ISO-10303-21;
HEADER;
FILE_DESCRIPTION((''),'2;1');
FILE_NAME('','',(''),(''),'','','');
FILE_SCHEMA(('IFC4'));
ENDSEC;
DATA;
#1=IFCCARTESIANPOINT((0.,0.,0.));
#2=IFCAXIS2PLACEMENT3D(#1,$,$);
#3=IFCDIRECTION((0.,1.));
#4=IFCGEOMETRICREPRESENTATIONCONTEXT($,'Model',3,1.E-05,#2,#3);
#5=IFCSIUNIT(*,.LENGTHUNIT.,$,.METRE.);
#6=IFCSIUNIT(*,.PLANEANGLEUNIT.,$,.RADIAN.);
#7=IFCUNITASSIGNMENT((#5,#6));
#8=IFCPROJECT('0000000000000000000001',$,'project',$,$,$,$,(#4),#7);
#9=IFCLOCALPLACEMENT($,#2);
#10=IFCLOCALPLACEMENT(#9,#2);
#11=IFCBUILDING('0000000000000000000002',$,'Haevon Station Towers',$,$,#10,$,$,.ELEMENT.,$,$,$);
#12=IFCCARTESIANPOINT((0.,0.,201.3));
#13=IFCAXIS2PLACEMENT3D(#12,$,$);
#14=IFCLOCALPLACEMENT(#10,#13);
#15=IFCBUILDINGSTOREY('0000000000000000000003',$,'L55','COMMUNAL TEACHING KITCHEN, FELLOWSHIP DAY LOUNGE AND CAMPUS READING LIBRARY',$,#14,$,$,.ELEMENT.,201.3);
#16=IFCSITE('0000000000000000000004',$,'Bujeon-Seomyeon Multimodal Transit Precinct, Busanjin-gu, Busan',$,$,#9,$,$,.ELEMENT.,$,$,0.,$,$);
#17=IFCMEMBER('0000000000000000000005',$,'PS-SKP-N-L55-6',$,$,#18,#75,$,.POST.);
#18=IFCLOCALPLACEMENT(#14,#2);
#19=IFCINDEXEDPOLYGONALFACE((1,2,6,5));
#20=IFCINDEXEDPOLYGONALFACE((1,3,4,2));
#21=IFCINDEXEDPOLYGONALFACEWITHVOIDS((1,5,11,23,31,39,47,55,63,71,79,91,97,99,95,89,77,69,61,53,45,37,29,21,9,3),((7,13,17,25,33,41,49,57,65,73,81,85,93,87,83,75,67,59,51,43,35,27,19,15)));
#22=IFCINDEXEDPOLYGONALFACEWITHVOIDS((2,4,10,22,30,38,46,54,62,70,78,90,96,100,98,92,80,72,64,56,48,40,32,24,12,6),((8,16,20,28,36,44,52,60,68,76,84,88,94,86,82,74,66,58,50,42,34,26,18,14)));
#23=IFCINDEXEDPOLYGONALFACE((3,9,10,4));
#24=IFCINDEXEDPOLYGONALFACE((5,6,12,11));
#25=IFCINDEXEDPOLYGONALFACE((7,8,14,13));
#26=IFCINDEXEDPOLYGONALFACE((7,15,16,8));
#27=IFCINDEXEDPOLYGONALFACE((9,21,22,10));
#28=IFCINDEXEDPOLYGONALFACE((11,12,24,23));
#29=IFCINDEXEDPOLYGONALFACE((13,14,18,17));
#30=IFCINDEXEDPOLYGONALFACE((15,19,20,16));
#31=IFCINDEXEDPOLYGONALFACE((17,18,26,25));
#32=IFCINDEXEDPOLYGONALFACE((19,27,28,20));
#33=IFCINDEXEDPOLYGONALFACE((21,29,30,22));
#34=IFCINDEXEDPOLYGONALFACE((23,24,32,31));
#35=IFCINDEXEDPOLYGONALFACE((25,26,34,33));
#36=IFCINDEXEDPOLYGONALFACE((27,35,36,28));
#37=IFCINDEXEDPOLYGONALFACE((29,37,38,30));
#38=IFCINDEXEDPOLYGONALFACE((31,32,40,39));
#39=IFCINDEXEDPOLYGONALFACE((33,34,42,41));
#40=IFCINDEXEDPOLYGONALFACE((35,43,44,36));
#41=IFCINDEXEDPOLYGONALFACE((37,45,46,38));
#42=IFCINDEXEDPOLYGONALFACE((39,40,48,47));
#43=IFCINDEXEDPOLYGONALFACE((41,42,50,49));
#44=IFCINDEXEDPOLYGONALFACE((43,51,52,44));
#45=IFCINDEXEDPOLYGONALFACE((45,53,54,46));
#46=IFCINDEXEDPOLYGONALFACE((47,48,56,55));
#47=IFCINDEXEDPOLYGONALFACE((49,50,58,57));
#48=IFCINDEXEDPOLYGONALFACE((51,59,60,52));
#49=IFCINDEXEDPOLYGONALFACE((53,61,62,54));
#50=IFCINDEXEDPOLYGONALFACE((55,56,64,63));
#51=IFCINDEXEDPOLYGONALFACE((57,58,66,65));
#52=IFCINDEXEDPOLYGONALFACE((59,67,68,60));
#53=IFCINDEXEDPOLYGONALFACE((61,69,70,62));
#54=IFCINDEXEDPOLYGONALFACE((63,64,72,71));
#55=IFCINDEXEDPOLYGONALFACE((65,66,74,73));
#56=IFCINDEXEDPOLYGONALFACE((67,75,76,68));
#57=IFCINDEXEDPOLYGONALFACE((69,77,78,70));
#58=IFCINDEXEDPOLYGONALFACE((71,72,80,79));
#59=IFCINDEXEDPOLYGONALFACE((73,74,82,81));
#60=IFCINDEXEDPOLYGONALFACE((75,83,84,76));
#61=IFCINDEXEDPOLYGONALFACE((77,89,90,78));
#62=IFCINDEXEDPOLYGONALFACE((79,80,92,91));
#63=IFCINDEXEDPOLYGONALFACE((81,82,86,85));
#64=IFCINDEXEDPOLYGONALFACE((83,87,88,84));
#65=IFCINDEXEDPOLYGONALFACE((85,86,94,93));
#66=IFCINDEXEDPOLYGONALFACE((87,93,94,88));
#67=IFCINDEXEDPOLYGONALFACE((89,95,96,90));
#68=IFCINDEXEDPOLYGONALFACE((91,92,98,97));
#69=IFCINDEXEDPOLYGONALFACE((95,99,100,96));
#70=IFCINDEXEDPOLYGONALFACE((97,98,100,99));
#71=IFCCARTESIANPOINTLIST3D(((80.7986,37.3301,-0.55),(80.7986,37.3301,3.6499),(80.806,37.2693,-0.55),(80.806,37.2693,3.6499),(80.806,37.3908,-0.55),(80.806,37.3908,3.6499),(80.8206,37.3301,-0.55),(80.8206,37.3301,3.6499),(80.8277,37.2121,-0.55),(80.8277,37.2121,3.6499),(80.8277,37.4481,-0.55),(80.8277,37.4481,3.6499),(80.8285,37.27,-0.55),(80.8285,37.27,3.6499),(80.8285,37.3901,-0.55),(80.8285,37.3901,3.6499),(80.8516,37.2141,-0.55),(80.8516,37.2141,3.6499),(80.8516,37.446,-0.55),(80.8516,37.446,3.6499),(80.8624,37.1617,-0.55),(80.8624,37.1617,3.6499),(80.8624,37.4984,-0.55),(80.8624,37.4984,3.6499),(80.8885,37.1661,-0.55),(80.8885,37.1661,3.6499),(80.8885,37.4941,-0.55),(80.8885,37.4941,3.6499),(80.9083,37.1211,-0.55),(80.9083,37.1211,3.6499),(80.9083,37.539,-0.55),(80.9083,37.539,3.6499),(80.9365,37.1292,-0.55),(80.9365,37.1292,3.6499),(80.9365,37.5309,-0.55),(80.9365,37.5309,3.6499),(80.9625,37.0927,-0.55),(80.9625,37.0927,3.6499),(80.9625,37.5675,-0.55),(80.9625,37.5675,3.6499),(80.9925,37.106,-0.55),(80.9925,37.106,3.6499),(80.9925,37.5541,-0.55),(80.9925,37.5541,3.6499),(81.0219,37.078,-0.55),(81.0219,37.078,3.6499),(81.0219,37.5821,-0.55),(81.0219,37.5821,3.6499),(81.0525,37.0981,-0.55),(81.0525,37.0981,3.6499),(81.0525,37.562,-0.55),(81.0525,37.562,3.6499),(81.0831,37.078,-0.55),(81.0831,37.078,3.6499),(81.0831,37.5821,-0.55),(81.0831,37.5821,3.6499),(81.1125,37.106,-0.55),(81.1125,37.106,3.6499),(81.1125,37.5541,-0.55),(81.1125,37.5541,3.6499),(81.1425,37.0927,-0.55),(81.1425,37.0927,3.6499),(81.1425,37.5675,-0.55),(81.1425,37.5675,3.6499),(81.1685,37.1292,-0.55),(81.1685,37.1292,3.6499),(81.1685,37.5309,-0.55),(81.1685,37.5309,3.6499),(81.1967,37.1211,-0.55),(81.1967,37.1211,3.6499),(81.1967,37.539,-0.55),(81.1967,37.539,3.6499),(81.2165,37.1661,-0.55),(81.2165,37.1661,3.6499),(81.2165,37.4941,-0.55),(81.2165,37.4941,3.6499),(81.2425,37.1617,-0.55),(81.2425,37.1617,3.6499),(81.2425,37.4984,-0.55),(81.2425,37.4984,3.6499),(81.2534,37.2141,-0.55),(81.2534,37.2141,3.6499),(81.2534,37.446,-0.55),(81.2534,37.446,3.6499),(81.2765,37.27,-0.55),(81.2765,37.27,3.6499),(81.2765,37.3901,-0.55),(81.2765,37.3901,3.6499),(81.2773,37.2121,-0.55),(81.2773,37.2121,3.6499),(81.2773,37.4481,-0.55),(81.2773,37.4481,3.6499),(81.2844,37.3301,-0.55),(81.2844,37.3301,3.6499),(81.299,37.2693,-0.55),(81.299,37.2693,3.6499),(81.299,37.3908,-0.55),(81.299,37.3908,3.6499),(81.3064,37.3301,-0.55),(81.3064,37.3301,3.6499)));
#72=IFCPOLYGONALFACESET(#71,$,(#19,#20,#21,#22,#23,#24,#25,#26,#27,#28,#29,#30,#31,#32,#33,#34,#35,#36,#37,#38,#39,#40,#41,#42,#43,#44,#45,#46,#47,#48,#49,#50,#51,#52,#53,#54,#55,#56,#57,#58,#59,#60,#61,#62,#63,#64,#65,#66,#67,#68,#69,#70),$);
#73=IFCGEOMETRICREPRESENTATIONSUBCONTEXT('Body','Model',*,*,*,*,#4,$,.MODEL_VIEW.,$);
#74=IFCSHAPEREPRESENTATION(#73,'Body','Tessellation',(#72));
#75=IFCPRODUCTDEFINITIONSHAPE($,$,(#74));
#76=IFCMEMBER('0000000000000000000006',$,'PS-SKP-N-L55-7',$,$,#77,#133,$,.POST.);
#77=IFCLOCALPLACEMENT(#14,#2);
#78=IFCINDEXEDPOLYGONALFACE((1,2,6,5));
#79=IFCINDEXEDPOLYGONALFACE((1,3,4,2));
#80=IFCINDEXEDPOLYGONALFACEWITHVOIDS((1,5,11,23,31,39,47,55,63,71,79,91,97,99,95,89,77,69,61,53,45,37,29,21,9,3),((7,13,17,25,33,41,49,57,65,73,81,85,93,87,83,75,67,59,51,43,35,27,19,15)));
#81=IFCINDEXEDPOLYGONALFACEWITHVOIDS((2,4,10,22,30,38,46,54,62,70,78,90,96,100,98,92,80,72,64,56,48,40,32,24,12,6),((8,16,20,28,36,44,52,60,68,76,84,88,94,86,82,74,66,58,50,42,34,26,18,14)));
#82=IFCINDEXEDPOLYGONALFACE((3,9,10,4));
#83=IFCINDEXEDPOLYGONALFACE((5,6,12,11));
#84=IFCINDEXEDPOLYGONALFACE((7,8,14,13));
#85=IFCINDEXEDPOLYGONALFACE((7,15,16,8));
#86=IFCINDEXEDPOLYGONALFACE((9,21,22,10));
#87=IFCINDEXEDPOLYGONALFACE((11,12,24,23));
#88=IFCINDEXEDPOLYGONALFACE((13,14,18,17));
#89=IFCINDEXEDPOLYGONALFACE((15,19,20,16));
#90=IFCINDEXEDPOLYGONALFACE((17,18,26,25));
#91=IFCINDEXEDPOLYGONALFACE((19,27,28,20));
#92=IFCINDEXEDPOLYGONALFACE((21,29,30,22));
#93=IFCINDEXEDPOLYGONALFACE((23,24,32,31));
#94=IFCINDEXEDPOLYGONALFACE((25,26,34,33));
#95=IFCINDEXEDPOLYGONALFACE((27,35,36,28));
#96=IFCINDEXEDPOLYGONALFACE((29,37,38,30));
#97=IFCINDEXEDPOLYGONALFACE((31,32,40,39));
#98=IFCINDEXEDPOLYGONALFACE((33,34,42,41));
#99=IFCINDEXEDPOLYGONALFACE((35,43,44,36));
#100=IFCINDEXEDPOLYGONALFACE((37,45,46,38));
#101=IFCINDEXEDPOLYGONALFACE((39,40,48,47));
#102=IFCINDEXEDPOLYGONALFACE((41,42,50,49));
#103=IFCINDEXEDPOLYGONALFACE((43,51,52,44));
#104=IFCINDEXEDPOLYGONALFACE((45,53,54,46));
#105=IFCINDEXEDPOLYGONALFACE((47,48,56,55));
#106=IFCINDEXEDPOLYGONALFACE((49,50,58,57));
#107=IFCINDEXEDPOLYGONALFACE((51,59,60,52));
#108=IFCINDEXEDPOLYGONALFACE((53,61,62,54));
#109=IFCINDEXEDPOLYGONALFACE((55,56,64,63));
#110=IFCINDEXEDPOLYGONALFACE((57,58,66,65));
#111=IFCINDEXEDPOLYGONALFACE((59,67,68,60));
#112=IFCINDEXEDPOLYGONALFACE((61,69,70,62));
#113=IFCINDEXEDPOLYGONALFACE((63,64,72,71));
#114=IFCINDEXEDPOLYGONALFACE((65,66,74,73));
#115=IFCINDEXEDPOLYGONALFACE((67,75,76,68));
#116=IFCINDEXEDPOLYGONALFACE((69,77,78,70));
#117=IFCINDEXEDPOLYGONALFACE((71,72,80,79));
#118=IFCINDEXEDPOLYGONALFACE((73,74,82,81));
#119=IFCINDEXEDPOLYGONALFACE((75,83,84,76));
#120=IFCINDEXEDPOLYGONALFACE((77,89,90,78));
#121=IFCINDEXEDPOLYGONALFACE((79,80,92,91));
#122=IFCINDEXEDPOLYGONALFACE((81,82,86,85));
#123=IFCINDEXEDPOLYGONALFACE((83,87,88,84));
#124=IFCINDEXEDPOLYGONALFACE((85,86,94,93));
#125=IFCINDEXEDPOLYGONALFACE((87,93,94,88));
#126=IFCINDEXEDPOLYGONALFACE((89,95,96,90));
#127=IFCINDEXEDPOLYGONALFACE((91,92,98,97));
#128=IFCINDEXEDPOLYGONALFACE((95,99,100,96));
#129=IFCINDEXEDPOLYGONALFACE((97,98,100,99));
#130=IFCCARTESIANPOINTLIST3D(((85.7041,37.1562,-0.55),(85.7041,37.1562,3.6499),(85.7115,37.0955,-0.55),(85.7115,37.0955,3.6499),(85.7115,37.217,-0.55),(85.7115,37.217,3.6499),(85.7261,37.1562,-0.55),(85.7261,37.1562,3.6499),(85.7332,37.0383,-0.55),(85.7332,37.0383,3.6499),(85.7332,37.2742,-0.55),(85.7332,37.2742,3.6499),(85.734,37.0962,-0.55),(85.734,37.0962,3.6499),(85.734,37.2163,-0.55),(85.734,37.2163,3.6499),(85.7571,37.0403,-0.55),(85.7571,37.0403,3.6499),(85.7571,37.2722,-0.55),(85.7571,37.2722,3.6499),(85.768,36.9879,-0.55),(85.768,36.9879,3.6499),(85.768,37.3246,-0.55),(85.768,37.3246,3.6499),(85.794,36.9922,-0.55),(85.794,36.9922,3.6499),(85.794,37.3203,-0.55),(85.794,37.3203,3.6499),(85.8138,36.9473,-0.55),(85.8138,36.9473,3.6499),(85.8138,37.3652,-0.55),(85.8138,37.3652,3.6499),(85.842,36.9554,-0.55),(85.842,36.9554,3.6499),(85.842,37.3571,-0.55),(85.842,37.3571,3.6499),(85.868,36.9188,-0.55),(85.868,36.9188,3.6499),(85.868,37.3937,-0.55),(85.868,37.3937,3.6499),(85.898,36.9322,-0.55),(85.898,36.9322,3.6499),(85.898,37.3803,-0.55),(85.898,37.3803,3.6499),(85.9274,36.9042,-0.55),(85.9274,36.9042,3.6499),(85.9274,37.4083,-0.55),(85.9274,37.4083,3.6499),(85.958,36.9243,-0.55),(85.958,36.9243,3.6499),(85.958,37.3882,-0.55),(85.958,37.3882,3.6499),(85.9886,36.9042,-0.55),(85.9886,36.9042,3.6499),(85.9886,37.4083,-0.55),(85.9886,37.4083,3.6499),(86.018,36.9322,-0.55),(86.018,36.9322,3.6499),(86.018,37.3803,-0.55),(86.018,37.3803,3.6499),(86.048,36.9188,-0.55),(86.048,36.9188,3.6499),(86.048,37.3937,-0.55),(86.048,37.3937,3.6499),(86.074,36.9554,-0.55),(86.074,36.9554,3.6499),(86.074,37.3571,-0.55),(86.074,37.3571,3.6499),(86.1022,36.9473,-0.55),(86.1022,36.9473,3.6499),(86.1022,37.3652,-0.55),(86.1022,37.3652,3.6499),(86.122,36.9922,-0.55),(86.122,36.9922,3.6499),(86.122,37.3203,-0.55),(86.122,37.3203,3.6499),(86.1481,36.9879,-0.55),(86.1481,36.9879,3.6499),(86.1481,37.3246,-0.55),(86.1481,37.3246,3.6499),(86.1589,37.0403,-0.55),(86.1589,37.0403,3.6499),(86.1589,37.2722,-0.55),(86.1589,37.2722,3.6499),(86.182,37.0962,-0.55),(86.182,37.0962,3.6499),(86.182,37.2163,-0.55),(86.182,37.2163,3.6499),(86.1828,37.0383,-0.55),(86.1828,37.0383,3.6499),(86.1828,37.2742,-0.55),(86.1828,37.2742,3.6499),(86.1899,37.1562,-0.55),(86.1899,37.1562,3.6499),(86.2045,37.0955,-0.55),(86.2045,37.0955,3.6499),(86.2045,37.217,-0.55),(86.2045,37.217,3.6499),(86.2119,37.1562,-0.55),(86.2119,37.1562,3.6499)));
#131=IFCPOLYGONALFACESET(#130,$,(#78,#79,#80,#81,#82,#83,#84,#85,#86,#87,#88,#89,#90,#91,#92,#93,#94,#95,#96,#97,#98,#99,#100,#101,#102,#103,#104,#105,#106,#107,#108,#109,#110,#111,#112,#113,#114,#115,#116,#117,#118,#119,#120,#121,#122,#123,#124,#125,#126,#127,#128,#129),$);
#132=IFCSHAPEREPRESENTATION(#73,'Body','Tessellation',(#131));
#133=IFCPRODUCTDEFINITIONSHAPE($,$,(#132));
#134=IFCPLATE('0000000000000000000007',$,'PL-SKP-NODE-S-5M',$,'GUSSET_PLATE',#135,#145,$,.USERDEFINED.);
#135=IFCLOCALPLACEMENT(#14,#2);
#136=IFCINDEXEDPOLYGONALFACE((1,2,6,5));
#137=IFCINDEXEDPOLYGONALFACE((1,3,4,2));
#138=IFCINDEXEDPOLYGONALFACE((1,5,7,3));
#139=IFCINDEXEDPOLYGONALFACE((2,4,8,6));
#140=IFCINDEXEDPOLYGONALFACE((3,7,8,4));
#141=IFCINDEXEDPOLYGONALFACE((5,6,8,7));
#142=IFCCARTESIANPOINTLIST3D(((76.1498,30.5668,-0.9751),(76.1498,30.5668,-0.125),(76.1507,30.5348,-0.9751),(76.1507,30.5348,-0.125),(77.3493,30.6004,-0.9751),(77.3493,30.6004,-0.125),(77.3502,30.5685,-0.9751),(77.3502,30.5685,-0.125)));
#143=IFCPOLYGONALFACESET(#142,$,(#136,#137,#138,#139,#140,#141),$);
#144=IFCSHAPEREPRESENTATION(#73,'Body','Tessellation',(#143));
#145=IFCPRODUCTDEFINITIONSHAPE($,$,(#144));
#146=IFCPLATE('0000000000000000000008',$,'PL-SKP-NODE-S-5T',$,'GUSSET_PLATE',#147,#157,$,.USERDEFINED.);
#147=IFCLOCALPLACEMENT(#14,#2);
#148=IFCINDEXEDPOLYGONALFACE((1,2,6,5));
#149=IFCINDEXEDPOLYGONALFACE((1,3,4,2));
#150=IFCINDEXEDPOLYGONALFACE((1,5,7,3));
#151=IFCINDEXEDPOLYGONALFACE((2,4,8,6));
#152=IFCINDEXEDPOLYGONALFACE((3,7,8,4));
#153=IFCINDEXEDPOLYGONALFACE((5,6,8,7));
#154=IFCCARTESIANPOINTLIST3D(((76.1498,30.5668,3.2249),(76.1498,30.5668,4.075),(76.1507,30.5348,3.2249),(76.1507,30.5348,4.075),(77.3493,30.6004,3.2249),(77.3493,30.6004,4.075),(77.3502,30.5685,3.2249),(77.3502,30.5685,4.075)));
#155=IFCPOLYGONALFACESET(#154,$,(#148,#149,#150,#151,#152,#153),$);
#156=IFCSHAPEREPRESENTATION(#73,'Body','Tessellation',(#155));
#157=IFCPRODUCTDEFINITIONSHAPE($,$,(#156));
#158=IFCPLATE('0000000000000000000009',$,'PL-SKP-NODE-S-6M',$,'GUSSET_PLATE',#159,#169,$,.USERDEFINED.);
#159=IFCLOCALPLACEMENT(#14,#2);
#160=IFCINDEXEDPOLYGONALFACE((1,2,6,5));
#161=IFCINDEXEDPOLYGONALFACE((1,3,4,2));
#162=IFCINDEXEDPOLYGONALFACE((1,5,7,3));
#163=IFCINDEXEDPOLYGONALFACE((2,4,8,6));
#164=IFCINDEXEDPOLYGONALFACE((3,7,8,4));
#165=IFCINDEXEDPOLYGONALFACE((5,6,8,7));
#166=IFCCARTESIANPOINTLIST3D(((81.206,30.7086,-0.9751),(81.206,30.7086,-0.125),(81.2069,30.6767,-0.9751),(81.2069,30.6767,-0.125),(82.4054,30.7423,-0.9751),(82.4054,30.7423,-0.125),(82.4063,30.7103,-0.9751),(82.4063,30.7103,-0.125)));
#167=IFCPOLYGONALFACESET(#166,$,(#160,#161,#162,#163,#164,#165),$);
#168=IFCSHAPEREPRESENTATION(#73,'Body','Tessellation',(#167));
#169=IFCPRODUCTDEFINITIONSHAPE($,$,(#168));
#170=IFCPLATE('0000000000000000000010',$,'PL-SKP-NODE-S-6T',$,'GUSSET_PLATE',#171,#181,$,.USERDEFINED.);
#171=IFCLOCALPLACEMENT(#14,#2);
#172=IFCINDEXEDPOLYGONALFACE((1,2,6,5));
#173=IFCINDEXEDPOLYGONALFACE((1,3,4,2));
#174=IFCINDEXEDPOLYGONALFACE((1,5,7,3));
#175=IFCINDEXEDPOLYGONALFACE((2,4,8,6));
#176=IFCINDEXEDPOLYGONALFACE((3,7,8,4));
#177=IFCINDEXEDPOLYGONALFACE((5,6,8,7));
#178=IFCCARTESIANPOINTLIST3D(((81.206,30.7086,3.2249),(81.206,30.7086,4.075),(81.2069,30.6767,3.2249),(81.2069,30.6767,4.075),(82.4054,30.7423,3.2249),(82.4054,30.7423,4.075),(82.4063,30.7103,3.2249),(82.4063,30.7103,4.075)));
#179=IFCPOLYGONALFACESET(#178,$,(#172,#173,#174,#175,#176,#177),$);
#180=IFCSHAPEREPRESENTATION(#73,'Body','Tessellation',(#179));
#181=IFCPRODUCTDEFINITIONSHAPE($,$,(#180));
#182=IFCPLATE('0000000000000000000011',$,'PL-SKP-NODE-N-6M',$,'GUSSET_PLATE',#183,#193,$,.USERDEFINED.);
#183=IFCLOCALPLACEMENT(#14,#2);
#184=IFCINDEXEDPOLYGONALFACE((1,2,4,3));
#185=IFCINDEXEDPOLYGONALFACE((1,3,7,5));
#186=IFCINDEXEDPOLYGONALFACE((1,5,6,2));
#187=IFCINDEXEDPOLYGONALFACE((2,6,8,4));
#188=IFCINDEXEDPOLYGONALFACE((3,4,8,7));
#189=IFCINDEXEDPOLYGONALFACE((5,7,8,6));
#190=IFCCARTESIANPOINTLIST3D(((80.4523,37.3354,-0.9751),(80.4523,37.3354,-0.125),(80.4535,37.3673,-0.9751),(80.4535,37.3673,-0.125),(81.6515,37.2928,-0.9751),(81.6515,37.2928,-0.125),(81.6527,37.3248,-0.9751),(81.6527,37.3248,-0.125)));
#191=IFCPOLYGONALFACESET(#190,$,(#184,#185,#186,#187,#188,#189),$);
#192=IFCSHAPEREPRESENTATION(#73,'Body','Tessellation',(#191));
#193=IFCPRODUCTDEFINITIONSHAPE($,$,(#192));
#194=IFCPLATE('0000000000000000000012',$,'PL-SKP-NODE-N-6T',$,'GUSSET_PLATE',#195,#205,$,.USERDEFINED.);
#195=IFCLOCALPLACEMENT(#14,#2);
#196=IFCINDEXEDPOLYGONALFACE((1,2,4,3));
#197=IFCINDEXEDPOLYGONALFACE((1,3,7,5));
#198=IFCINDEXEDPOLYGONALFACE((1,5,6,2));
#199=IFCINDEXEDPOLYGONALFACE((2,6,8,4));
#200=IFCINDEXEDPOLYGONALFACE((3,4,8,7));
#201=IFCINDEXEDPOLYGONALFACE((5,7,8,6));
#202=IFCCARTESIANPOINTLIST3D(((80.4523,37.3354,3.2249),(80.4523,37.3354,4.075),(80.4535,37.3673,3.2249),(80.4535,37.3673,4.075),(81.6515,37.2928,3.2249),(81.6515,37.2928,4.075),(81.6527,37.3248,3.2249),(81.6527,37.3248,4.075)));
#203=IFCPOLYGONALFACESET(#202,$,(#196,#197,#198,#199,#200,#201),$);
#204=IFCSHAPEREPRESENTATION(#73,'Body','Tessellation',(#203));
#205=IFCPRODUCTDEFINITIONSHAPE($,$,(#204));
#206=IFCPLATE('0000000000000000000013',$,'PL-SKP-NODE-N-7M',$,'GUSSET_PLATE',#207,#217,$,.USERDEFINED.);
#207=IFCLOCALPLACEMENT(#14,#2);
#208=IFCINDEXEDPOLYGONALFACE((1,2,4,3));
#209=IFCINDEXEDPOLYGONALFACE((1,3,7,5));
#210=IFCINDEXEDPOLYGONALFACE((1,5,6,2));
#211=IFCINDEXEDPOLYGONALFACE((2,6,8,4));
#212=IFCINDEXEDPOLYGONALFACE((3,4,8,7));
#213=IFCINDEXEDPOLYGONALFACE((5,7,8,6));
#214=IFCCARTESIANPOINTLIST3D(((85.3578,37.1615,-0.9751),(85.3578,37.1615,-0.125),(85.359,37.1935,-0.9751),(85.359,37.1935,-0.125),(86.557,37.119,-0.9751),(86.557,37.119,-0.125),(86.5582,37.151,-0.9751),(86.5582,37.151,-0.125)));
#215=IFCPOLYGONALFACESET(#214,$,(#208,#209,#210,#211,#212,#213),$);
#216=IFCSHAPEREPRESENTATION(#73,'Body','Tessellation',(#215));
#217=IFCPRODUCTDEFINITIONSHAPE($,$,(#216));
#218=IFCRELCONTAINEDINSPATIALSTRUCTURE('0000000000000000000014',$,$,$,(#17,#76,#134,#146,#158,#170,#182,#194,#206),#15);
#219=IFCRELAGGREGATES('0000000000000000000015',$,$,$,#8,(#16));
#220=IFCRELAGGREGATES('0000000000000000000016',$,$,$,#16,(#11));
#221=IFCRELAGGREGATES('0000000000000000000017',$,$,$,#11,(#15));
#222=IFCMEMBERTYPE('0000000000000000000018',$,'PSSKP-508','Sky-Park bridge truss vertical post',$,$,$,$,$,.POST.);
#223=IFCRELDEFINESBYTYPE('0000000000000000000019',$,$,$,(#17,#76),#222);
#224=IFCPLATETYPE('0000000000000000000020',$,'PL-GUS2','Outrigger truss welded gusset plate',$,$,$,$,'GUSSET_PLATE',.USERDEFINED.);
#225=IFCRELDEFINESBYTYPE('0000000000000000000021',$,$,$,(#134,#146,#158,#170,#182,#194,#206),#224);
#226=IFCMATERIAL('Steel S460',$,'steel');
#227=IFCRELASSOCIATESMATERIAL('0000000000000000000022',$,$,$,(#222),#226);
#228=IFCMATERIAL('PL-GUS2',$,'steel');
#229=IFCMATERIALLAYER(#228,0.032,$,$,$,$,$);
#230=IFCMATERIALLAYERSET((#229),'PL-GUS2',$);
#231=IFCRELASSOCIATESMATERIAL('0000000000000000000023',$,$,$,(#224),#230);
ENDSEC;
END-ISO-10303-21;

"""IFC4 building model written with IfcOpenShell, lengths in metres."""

from ifc_helpers import new_model, si_unit, direction, frame, origin, origin_2d, place, context, subcontext, project, spatial, rectangle, hollow_circle, extrude, material, layer, layer_set, material_profile, profile_set, type_object, element, save


model = new_model("IFC4")

# Units and contexts
model_context = context("Model", 3, precision=1e-05, world=origin(), true_north=direction((0.0, 1.0)))
body_context = subcontext(model_context, "Body", "Model", "MODEL_VIEW")
ifc_project = project(units=[si_unit("LENGTHUNIT", "METRE"), si_unit("PLANEANGLEUNIT", "RADIAN")], contexts=[model_context])

# Site, building, storey
site_placement = place(None, origin())
site = spatial("IfcSite", under=ifc_project, at=site_placement, Name="Bujeon-Seomyeon Multimodal Transit Precinct, Busanjin-gu, Busan", CompositionType="ELEMENT", RefElevation=0.0)
building_placement = place(site_placement, origin())
building = spatial("IfcBuilding", under=site, at=building_placement, Name="Haevon Station Towers", CompositionType="ELEMENT")
storey_placement = place(building_placement, frame((0.0, 0.0, 201.3)))
storey = spatial("IfcBuildingStorey", under=building, at=storey_placement, Name="L55", Description="COMMUNAL TEACHING KITCHEN, FELLOWSHIP DAY LOUNGE AND CAMPUS READING LIBRARY", CompositionType="ELEMENT", Elevation=201.3)

# Members
ifc_material_1 = material(Name="Steel S460", Category="steel")
ifc_material_profile_1 = material_profile(ifc_material_1, hollow_circle(Radius=0.2539, WallThickness=0.022, at=origin_2d()), Name="CHS-508x22")
ifc_profile_set_1 = profile_set([ifc_material_profile_1], Name="Steel S460")
member_type_1 = type_object("IfcMemberType", Name="PSSKP-508", Description="Sky-Park bridge truss vertical post", PredefinedType="POST", material=ifc_profile_set_1)
for number, where, z_axis, x_axis, name in (
    (1, (81.0525, 37.3301, -0.55), (0.0, 0.0, 1.0), (1.0, 0.0, 0.0), "PS-SKP-N-L55-6"),
    (2, (85.958, 37.1562, -0.55), (0.0, 0.0, 1.0), (1.0, 0.0, 0.0), "PS-SKP-N-L55-7"),
):
    element("IfcMember", number, at=place(storey_placement, frame(where, z_axis=z_axis, x_axis=x_axis)), inside=storey, type_object=member_type_1, Name=name, PredefinedType="POST", context=body_context, shape_type="SweptSolid", body=[
        extrude(hollow_circle(Radius=0.2539, WallThickness=0.022, at=origin_2d()), origin(), (0.0, 0.0, 1.0), 4.2),
    ])

# Plates
ifc_material_2 = material(Name="PL-GUS2", Category="steel")
ifc_layer_1 = layer(ifc_material_2, 0.032)
ifc_layer_set_1 = layer_set([ifc_layer_1], Name="PL-GUS2")
plate_type = type_object("IfcPlateType", Name="PL-GUS2", Description="Outrigger truss welded gusset plate", ElementType="GUSSET_PLATE", PredefinedType="USERDEFINED", material=ifc_layer_set_1)
for number, where, z_axis, x_axis, name in (
    (3, (76.75, 30.5676, -0.9751), (0.0, 0.0, 1.0), (0.999607, 0.028049, 0.0), "PL-SKP-NODE-S-5M"),
    (4, (76.75, 30.5676, 3.2249), (0.0, 0.0, 1.0), (0.999607, 0.028049, 0.0), "PL-SKP-NODE-S-5T"),
    (5, (81.8062, 30.7095, -0.9751), (0.0, 0.0, 1.0), (0.999607, 0.028049, 0.0), "PL-SKP-NODE-S-6M"),
    (6, (81.8062, 30.7095, 3.2249), (0.0, 0.0, 1.0), (0.999607, 0.028049, 0.0), "PL-SKP-NODE-S-6T"),
    (7, (81.0525, 37.3301, -0.9751), (0.0, 0.0, 1.0), (0.999372, -0.03544, 0.0), "PL-SKP-NODE-N-6M"),
    (8, (81.0525, 37.3301, 3.2249), (0.0, 0.0, 1.0), (0.999372, -0.03544, 0.0), "PL-SKP-NODE-N-6T"),
    (9, (85.958, 37.1562, -0.9751), (0.0, 0.0, 1.0), (0.999372, -0.03544, 0.0), "PL-SKP-NODE-N-7M"),
):
    element("IfcPlate", number, at=place(storey_placement, frame(where, z_axis=z_axis, x_axis=x_axis)), inside=storey, type_object=plate_type, Name=name, ObjectType="GUSSET_PLATE", PredefinedType="USERDEFINED", context=body_context, shape_type="SweptSolid", body=[
        extrude(rectangle(XDim=1.2, YDim=0.032, at=origin_2d()), origin(), (0.0, 0.0, 1.0), 0.8501),
    ])

save(model, "model.ifc")
